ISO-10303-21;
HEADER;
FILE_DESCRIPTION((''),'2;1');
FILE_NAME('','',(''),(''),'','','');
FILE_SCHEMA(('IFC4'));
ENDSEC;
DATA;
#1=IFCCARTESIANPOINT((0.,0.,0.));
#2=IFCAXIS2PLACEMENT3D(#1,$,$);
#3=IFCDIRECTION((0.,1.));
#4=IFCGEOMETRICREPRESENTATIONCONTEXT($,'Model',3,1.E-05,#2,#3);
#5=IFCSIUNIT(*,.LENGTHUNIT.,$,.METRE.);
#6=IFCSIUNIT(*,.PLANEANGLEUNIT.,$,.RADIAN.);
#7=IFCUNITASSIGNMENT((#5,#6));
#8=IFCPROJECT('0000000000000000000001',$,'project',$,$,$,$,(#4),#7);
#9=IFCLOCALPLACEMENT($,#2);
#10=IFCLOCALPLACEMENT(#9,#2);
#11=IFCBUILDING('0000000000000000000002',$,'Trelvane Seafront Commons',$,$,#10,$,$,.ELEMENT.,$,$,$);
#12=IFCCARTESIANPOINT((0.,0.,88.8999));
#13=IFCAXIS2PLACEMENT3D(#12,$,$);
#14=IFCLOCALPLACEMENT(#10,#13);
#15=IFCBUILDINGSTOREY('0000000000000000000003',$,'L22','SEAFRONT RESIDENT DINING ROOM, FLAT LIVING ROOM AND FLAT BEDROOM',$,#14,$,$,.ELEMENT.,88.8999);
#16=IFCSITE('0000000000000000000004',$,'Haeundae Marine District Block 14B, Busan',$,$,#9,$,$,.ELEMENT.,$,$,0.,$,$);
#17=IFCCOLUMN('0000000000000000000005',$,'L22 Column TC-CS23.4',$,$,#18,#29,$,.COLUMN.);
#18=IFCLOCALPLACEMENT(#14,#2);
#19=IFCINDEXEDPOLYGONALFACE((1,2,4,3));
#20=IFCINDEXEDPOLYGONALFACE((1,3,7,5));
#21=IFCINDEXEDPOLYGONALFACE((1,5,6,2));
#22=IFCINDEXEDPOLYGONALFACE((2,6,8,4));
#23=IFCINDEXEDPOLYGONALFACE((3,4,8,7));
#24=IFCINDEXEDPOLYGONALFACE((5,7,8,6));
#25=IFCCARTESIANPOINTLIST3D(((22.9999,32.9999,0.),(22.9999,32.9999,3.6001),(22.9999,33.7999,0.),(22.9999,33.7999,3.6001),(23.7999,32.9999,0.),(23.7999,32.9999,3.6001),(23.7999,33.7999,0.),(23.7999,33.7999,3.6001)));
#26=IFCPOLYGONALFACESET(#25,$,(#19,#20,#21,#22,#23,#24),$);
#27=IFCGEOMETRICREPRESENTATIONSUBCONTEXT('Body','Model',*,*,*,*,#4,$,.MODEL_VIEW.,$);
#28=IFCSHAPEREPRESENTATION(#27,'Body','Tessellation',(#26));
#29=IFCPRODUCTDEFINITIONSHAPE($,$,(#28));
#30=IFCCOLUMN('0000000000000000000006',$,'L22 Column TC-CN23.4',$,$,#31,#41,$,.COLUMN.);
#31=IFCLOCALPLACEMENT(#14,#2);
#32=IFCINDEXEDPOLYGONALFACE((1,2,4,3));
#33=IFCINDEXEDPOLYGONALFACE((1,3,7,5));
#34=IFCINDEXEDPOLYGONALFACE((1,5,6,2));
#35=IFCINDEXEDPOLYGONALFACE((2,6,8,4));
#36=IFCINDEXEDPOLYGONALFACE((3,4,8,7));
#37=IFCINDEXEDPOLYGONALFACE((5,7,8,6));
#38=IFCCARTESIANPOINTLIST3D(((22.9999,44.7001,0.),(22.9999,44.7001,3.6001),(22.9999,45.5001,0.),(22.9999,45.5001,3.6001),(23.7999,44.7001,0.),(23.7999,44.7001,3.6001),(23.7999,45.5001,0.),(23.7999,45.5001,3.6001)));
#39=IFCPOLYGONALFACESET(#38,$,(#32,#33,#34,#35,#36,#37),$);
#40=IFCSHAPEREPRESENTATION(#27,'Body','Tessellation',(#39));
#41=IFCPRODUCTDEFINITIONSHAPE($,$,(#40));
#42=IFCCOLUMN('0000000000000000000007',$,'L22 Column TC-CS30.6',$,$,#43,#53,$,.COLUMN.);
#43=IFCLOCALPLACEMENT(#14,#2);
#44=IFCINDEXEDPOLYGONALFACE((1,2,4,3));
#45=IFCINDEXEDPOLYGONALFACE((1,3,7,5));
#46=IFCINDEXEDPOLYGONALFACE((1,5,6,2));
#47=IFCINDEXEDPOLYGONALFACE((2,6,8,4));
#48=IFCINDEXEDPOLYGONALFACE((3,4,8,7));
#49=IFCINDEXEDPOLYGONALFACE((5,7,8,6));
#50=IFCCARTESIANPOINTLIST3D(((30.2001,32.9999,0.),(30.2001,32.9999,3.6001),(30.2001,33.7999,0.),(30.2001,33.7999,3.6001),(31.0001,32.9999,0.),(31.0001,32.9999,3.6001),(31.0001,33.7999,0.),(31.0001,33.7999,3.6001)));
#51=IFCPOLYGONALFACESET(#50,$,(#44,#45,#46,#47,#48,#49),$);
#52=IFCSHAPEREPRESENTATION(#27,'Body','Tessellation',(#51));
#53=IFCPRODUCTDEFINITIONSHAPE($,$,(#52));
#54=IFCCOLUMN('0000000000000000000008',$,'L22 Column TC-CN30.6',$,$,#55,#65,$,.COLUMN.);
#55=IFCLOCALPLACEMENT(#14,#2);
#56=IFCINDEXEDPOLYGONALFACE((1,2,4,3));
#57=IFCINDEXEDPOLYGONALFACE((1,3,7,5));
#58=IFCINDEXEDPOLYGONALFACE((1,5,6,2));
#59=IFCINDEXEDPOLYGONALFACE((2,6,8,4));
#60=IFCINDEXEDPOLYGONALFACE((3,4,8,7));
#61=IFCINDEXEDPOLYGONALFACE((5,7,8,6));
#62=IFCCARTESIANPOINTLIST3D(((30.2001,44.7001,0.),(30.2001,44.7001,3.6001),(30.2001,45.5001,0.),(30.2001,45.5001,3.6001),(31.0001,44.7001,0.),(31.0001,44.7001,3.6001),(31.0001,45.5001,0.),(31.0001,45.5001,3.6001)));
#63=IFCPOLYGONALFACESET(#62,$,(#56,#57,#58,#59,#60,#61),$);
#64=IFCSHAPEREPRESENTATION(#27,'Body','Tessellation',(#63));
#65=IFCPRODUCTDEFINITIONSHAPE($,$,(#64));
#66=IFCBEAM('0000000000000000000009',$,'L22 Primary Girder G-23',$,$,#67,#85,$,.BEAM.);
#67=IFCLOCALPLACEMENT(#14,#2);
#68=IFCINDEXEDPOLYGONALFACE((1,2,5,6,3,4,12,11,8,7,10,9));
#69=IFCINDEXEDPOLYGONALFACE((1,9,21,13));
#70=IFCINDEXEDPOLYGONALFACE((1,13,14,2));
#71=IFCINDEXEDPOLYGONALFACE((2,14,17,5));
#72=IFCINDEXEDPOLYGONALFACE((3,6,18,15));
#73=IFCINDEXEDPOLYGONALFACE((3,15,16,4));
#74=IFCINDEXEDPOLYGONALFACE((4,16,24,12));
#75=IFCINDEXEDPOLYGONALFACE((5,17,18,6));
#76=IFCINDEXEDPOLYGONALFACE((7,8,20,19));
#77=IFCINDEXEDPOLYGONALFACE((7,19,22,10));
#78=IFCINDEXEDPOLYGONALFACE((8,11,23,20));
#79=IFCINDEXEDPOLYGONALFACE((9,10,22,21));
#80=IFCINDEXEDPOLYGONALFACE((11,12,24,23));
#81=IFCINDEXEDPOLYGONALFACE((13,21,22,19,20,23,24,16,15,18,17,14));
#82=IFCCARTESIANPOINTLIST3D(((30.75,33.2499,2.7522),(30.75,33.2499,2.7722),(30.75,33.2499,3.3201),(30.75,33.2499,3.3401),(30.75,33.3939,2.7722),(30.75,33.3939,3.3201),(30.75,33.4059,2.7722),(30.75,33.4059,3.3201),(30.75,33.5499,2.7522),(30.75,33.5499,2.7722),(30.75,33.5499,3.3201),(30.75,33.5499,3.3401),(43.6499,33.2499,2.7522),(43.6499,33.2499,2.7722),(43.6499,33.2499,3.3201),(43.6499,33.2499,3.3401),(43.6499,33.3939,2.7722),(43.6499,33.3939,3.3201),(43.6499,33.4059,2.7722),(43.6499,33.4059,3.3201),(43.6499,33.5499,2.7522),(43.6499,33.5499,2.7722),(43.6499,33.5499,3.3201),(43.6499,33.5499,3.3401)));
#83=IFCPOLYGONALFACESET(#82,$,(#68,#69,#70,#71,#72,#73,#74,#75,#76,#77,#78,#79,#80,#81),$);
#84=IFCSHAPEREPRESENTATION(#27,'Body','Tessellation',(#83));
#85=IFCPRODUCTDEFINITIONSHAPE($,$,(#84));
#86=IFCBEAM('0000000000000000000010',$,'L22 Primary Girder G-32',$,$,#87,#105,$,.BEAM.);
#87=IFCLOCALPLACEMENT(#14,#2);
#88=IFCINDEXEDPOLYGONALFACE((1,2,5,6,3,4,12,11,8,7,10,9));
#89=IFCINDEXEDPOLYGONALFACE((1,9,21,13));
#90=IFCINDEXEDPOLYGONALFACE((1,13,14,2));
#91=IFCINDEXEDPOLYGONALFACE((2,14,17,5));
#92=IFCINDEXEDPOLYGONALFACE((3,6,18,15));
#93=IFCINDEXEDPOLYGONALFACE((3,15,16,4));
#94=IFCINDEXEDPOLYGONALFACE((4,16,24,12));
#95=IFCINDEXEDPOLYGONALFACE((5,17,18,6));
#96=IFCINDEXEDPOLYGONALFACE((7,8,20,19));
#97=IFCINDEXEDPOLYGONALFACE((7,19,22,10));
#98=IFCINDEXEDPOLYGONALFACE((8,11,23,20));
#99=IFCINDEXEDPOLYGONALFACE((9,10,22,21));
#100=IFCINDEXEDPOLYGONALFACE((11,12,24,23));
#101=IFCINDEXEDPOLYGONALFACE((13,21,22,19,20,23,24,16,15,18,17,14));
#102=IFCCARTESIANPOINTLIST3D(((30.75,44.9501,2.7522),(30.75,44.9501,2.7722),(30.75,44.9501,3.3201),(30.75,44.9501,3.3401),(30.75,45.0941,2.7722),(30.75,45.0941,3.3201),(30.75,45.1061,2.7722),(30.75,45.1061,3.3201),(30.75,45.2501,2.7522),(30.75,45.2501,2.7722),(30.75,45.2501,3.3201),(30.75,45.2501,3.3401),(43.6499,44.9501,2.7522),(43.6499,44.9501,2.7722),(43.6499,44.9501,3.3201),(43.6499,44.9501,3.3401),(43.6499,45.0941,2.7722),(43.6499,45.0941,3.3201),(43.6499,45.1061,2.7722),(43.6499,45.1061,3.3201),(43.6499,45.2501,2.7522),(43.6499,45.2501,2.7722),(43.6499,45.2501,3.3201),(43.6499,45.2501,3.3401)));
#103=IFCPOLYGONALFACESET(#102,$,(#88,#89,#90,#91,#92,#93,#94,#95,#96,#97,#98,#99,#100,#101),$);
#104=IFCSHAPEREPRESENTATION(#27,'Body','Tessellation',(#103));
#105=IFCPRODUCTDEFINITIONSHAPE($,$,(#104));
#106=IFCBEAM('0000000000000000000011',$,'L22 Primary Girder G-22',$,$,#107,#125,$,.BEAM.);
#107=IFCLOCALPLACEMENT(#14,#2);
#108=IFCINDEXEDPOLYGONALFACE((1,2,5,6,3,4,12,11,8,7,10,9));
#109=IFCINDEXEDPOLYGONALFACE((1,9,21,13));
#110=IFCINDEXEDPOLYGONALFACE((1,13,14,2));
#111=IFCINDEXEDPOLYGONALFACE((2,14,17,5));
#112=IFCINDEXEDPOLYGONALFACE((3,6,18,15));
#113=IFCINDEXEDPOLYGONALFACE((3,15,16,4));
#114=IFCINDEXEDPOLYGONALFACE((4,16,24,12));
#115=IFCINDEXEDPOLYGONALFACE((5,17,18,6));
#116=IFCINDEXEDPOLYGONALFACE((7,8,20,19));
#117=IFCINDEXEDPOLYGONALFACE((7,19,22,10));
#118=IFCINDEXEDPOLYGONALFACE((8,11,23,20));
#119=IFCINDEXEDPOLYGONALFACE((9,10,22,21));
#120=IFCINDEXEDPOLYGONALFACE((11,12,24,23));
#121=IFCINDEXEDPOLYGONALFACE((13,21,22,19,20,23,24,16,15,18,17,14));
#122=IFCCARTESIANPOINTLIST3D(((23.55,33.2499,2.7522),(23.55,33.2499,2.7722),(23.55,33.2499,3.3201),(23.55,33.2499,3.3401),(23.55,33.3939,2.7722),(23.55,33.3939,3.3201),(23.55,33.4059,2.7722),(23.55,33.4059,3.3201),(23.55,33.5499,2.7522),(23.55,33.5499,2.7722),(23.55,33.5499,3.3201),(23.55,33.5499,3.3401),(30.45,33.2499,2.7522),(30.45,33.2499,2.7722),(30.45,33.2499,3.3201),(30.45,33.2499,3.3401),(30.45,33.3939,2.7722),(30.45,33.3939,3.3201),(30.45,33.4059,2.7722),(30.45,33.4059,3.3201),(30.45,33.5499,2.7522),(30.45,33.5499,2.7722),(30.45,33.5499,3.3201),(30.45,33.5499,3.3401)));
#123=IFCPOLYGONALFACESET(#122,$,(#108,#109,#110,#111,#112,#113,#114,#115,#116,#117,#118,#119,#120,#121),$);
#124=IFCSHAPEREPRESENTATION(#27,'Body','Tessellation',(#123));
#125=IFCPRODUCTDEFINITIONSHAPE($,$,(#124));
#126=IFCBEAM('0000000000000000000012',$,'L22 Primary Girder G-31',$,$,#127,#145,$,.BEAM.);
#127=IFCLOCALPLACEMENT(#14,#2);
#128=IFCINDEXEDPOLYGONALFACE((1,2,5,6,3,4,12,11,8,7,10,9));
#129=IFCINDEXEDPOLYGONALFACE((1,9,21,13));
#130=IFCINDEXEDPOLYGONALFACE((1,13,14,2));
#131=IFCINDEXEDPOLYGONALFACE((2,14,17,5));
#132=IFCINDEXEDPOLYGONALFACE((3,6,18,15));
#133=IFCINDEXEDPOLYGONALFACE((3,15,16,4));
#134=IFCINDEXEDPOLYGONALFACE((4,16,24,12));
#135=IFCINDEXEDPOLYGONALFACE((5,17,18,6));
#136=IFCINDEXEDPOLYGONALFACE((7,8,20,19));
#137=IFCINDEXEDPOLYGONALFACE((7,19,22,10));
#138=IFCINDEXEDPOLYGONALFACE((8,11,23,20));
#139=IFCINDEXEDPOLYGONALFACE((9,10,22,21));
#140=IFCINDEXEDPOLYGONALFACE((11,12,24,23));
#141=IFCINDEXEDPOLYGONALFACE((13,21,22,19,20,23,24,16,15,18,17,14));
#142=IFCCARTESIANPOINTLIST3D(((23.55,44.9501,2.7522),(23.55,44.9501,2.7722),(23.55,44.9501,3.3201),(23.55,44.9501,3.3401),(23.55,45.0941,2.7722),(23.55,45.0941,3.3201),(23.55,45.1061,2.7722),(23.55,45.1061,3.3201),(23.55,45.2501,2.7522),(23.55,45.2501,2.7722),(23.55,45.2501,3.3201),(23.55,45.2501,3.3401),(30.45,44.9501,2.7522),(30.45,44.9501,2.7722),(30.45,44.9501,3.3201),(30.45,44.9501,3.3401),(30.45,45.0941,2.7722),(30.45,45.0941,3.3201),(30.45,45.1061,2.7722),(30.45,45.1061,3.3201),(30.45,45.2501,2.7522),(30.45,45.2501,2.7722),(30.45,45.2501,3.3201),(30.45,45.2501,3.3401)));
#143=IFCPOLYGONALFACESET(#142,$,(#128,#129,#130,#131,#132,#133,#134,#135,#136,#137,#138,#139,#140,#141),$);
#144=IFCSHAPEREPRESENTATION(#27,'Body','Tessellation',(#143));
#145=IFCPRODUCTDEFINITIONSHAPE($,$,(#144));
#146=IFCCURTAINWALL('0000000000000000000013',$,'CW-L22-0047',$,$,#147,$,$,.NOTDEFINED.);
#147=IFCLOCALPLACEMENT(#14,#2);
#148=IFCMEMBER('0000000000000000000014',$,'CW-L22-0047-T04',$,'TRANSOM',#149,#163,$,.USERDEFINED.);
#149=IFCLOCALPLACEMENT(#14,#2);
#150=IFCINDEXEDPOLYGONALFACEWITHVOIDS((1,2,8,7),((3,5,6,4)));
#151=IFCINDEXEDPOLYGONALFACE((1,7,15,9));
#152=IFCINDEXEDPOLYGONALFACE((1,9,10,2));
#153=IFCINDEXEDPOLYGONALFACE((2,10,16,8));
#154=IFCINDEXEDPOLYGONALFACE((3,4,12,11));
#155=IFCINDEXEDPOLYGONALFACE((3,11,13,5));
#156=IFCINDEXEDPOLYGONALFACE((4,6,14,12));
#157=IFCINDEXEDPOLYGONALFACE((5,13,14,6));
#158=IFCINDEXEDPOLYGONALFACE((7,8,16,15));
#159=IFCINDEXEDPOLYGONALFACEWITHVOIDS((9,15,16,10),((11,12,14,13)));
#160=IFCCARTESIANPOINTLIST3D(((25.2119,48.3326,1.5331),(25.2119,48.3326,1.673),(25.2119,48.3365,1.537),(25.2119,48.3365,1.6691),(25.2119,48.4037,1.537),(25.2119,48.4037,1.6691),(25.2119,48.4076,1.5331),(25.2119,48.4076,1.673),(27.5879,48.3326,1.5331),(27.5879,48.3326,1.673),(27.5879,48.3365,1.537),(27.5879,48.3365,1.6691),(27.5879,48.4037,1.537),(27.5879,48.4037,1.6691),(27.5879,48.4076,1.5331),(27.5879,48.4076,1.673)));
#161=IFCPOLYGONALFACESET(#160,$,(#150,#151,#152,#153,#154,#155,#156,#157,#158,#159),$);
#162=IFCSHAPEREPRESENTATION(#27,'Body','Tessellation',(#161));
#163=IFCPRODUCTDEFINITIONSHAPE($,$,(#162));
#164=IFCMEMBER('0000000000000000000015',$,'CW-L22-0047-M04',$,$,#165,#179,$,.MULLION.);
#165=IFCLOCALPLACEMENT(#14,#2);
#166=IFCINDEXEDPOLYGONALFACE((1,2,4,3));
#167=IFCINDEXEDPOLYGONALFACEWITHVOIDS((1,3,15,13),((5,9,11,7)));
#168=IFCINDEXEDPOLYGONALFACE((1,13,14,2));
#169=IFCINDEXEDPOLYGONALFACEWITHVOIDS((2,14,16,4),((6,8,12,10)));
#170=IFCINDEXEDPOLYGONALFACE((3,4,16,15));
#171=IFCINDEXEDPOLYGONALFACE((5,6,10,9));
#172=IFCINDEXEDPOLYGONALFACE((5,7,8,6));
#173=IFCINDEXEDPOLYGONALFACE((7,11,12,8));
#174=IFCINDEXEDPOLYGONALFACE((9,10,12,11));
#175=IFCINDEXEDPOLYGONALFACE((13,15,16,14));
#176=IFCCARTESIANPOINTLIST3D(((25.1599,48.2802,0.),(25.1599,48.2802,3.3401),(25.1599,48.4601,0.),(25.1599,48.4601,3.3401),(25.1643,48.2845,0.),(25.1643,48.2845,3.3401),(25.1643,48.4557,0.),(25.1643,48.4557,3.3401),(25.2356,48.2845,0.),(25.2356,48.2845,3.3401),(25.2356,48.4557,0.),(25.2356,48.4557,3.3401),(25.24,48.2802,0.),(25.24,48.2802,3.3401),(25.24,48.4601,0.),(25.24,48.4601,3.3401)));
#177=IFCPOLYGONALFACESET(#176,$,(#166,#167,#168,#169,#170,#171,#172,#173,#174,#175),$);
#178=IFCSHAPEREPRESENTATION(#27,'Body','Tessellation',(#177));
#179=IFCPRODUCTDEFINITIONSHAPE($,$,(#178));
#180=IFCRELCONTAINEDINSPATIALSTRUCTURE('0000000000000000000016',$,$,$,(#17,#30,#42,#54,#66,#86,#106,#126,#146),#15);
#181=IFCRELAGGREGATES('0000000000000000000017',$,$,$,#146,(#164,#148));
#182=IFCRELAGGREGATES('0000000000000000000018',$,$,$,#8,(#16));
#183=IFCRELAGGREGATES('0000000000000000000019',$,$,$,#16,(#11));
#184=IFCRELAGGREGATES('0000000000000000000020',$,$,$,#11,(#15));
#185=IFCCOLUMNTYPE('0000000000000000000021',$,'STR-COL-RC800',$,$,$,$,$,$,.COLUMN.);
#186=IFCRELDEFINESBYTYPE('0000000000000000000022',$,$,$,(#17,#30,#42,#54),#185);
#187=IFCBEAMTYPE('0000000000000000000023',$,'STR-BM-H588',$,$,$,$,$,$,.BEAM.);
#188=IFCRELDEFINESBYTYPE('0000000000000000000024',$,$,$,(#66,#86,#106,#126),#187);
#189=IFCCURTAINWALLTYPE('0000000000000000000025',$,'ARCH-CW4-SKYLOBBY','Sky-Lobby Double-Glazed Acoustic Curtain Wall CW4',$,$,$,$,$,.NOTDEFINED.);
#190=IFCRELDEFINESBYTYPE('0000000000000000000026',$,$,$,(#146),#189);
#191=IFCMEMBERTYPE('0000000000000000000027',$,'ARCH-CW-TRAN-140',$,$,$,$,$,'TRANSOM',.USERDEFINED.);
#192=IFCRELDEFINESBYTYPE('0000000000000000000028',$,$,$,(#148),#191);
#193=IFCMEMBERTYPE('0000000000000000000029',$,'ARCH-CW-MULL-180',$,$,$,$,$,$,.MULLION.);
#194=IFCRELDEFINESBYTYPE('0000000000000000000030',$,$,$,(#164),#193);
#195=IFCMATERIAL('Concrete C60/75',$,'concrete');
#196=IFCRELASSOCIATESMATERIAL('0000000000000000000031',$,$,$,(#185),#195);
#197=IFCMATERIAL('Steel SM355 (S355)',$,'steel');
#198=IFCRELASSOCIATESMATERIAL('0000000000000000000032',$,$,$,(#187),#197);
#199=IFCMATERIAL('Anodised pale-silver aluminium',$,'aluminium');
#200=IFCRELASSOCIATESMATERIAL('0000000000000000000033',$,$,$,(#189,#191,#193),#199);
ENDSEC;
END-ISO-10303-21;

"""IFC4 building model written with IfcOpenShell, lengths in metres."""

from ifc_helpers import new_model, si_unit, direction, frame, origin, origin_2d, place, context, subcontext, project, spatial, rectangle, hollow_rectangle, i_section, extrude, source, transform, mapped, material, material_profile, profile_set, type_object, element, aggregate, save


model = new_model("IFC4")

# Units and contexts
model_context = context("Model", 3, precision=1e-05, world=origin(), true_north=direction((0.0, 1.0)))
body_context = subcontext(model_context, "Body", "Model", "MODEL_VIEW")
ifc_project = project(units=[si_unit("LENGTHUNIT", "METRE"), si_unit("PLANEANGLEUNIT", "RADIAN")], contexts=[model_context])

# Site, building, storey
site_placement = place(None, origin())
site = spatial("IfcSite", under=ifc_project, at=site_placement, Name="Haeundae Marine District Block 14B, Busan", CompositionType="ELEMENT", RefElevation=0.0)
building_placement = place(site_placement, origin())
building = spatial("IfcBuilding", under=site, at=building_placement, Name="Trelvane Seafront Commons", CompositionType="ELEMENT")
storey_placement = place(building_placement, frame((0.0, 0.0, 88.8999)))
storey = spatial("IfcBuildingStorey", under=building, at=storey_placement, Name="L22", Description="SEAFRONT RESIDENT DINING ROOM, FLAT LIVING ROOM AND FLAT BEDROOM", CompositionType="ELEMENT", Elevation=88.8999)

# Columns
ifc_material_1 = material(Name="Concrete C60/75", Category="concrete")
ifc_material_profile_1 = material_profile(ifc_material_1, rectangle(XDim=0.8, YDim=0.8, at=origin_2d()), Name="RC-800x800")
ifc_profile_set_1 = profile_set([ifc_material_profile_1], Name="Concrete C60/75")
column_type = type_object("IfcColumnType", Name="STR-COL-RC800", PredefinedType="COLUMN", material=ifc_profile_set_1)
shared_shape_1 = source(origin(), body_context, "Body", "SweptSolid", [
    extrude(rectangle(XDim=0.8, YDim=0.8, at=origin_2d()), origin(), (0.0, 0.0, 1.0), 3.6001),
])
for number, where, z_axis, x_axis, name in (
    (1, (23.3999, 33.3999, 0.0), (0.0, 0.0, 1.0), (1.0, 0.0, 0.0), "L22 Column TC-CS23.4"),
    (2, (23.3999, 45.1001, 0.0), (0.0, 0.0, 1.0), (1.0, 0.0, 0.0), "L22 Column TC-CN23.4"),
    (3, (30.6001, 33.3999, 0.0), (0.0, 0.0, 1.0), (1.0, 0.0, 0.0), "L22 Column TC-CS30.6"),
    (4, (30.6001, 45.1001, 0.0), (0.0, 0.0, 1.0), (1.0, 0.0, 0.0), "L22 Column TC-CN30.6"),
):
    element("IfcColumn", number, at=place(storey_placement, frame(where, z_axis=z_axis, x_axis=x_axis)), inside=storey, type_object=column_type, Name=name, PredefinedType="COLUMN", context=body_context, shape_type="MappedRepresentation", body=[
        mapped(shared_shape_1, transform((0.0, 0.0, 0.0), x_axis=(1.0, 0.0, 0.0), y_axis=(0.0, 1.0, 0.0), z_axis=(0.0, 0.0, 1.0), scale=1.0)),
    ])

# Beams
ifc_material_2 = material(Name="Steel SM355 (S355)", Category="steel")
ifc_material_profile_2 = material_profile(ifc_material_2, i_section(OverallWidth=0.3, OverallDepth=0.5879, WebThickness=0.012, FlangeThickness=0.02, at=origin_2d()), Name="H-588x300x12x20")
ifc_profile_set_2 = profile_set([ifc_material_profile_2], Name="Steel SM355 (S355)")
beam_type = type_object("IfcBeamType", Name="STR-BM-H588", PredefinedType="BEAM", material=ifc_profile_set_2)
shared_shape_2 = source(origin(), body_context, "Body", "SweptSolid", [
    extrude(i_section(OverallWidth=0.3, OverallDepth=0.5879, WebThickness=0.012, FlangeThickness=0.02, at=origin_2d()), origin(), (0.0, 0.0, 1.0), 12.8999),
])
for number, where, z_axis, x_axis, name in (
    (5, (30.75, 33.3999, 3.0461), (1.0, 0.0, 0.0), (0.0, 1.0, 0.0), "L22 Primary Girder G-23"),
    (6, (30.75, 45.1001, 3.0461), (1.0, 0.0, 0.0), (0.0, 1.0, 0.0), "L22 Primary Girder G-32"),
):
    element("IfcBeam", number, at=place(storey_placement, frame(where, z_axis=z_axis, x_axis=x_axis)), inside=storey, type_object=beam_type, Name=name, PredefinedType="BEAM", context=body_context, shape_type="MappedRepresentation", body=[
        mapped(shared_shape_2, transform((0.0, 0.0, 0.0), x_axis=(1.0, 0.0, 0.0), y_axis=(0.0, 1.0, 0.0), z_axis=(0.0, 0.0, 1.0), scale=1.0)),
    ])
shared_shape_3 = source(origin(), body_context, "Body", "SweptSolid", [
    extrude(i_section(OverallWidth=0.3, OverallDepth=0.5879, WebThickness=0.012, FlangeThickness=0.02, at=origin_2d()), origin(), (0.0, 0.0, 1.0), 6.8999),
])
for number, where, z_axis, x_axis, name in (
    (7, (23.55, 33.3999, 3.0461), (1.0, 0.0, 0.0), (0.0, 1.0, 0.0), "L22 Primary Girder G-22"),
    (8, (23.55, 45.1001, 3.0461), (1.0, 0.0, 0.0), (0.0, 1.0, 0.0), "L22 Primary Girder G-31"),
):
    element("IfcBeam", number, at=place(storey_placement, frame(where, z_axis=z_axis, x_axis=x_axis)), inside=storey, type_object=beam_type, Name=name, PredefinedType="BEAM", context=body_context, shape_type="MappedRepresentation", body=[
        mapped(shared_shape_3, transform((0.0, 0.0, 0.0), x_axis=(1.0, 0.0, 0.0), y_axis=(0.0, 1.0, 0.0), z_axis=(0.0, 0.0, 1.0), scale=1.0)),
    ])

# Curtain wall, members
ifc_material_3 = material(Name="Anodised pale-silver aluminium", Category="aluminium")
curtain_wall_type = type_object("IfcCurtainWallType", Name="ARCH-CW4-SKYLOBBY", Description="Sky-Lobby Double-Glazed Acoustic Curtain Wall CW4", PredefinedType="NOTDEFINED", material=ifc_material_3)
curtain_wall_placement = place(storey_placement, origin())
curtain_wall = element("IfcCurtainWall", 9, at=curtain_wall_placement, inside=storey, type_object=curtain_wall_type, Name="CW-L22-0047", PredefinedType="NOTDEFINED")
ifc_material_profile_3 = material_profile(ifc_material_3, hollow_rectangle(XDim=0.075, YDim=0.1399, WallThickness=0.0039, at=origin_2d()), Name="TRAN-75x140x4")
ifc_profile_set_3 = profile_set([ifc_material_profile_3], Name="Anodised pale-silver aluminium")
member_type_1 = type_object("IfcMemberType", Name="ARCH-CW-TRAN-140", ElementType="TRANSOM", PredefinedType="USERDEFINED", material=ifc_profile_set_3)
shared_shape_4 = source(origin(), body_context, "Body", "SweptSolid", [
    extrude(hollow_rectangle(XDim=0.075, YDim=0.1399, WallThickness=0.0039, at=origin_2d()), origin(), (0.0, 0.0, 1.0), 2.376),
])
member_1_placement = place(storey_placement, frame((25.2119, 48.3701, 1.603), z_axis=(1.0, 0.0, 0.0), x_axis=(0.0, 1.0, 0.0)))
member_1 = element("IfcMember", 10, at=member_1_placement, type_object=member_type_1, Name="CW-L22-0047-T04", ObjectType="TRANSOM", PredefinedType="USERDEFINED", context=body_context, shape_type="MappedRepresentation", body=[
    mapped(shared_shape_4, transform((0.0, 0.0, 0.0), x_axis=(1.0, 0.0, 0.0), y_axis=(0.0, 1.0, 0.0), z_axis=(0.0, 0.0, 1.0), scale=1.0)),
])
ifc_material_profile_4 = material_profile(ifc_material_3, hollow_rectangle(XDim=0.0801, YDim=0.1799, WallThickness=0.0044, at=origin_2d()), Name="MULL-80x180x4.5")
ifc_profile_set_4 = profile_set([ifc_material_profile_4], Name="Anodised pale-silver aluminium")
member_type_2 = type_object("IfcMemberType", Name="ARCH-CW-MULL-180", PredefinedType="MULLION", material=ifc_profile_set_4)
shared_shape_5 = source(origin(), body_context, "Body", "SweptSolid", [
    extrude(hollow_rectangle(XDim=0.0801, YDim=0.1799, WallThickness=0.0044, at=origin_2d()), origin(), (0.0, 0.0, 1.0), 3.3401),
])
member_2_placement = place(storey_placement, frame((25.2, 48.3701, 0.0), z_axis=(0.0, 0.0, 1.0), x_axis=(1.0, 0.0, 0.0)))
member_2 = element("IfcMember", 11, at=member_2_placement, type_object=member_type_2, Name="CW-L22-0047-M04", PredefinedType="MULLION", context=body_context, shape_type="MappedRepresentation", body=[
    mapped(shared_shape_5, transform((0.0, 0.0, 0.0), x_axis=(1.0, 0.0, 0.0), y_axis=(0.0, 1.0, 0.0), z_axis=(0.0, 0.0, 1.0), scale=1.0)),
])
aggregate(curtain_wall, [member_2, member_1])

save(model, "model.ifc")
